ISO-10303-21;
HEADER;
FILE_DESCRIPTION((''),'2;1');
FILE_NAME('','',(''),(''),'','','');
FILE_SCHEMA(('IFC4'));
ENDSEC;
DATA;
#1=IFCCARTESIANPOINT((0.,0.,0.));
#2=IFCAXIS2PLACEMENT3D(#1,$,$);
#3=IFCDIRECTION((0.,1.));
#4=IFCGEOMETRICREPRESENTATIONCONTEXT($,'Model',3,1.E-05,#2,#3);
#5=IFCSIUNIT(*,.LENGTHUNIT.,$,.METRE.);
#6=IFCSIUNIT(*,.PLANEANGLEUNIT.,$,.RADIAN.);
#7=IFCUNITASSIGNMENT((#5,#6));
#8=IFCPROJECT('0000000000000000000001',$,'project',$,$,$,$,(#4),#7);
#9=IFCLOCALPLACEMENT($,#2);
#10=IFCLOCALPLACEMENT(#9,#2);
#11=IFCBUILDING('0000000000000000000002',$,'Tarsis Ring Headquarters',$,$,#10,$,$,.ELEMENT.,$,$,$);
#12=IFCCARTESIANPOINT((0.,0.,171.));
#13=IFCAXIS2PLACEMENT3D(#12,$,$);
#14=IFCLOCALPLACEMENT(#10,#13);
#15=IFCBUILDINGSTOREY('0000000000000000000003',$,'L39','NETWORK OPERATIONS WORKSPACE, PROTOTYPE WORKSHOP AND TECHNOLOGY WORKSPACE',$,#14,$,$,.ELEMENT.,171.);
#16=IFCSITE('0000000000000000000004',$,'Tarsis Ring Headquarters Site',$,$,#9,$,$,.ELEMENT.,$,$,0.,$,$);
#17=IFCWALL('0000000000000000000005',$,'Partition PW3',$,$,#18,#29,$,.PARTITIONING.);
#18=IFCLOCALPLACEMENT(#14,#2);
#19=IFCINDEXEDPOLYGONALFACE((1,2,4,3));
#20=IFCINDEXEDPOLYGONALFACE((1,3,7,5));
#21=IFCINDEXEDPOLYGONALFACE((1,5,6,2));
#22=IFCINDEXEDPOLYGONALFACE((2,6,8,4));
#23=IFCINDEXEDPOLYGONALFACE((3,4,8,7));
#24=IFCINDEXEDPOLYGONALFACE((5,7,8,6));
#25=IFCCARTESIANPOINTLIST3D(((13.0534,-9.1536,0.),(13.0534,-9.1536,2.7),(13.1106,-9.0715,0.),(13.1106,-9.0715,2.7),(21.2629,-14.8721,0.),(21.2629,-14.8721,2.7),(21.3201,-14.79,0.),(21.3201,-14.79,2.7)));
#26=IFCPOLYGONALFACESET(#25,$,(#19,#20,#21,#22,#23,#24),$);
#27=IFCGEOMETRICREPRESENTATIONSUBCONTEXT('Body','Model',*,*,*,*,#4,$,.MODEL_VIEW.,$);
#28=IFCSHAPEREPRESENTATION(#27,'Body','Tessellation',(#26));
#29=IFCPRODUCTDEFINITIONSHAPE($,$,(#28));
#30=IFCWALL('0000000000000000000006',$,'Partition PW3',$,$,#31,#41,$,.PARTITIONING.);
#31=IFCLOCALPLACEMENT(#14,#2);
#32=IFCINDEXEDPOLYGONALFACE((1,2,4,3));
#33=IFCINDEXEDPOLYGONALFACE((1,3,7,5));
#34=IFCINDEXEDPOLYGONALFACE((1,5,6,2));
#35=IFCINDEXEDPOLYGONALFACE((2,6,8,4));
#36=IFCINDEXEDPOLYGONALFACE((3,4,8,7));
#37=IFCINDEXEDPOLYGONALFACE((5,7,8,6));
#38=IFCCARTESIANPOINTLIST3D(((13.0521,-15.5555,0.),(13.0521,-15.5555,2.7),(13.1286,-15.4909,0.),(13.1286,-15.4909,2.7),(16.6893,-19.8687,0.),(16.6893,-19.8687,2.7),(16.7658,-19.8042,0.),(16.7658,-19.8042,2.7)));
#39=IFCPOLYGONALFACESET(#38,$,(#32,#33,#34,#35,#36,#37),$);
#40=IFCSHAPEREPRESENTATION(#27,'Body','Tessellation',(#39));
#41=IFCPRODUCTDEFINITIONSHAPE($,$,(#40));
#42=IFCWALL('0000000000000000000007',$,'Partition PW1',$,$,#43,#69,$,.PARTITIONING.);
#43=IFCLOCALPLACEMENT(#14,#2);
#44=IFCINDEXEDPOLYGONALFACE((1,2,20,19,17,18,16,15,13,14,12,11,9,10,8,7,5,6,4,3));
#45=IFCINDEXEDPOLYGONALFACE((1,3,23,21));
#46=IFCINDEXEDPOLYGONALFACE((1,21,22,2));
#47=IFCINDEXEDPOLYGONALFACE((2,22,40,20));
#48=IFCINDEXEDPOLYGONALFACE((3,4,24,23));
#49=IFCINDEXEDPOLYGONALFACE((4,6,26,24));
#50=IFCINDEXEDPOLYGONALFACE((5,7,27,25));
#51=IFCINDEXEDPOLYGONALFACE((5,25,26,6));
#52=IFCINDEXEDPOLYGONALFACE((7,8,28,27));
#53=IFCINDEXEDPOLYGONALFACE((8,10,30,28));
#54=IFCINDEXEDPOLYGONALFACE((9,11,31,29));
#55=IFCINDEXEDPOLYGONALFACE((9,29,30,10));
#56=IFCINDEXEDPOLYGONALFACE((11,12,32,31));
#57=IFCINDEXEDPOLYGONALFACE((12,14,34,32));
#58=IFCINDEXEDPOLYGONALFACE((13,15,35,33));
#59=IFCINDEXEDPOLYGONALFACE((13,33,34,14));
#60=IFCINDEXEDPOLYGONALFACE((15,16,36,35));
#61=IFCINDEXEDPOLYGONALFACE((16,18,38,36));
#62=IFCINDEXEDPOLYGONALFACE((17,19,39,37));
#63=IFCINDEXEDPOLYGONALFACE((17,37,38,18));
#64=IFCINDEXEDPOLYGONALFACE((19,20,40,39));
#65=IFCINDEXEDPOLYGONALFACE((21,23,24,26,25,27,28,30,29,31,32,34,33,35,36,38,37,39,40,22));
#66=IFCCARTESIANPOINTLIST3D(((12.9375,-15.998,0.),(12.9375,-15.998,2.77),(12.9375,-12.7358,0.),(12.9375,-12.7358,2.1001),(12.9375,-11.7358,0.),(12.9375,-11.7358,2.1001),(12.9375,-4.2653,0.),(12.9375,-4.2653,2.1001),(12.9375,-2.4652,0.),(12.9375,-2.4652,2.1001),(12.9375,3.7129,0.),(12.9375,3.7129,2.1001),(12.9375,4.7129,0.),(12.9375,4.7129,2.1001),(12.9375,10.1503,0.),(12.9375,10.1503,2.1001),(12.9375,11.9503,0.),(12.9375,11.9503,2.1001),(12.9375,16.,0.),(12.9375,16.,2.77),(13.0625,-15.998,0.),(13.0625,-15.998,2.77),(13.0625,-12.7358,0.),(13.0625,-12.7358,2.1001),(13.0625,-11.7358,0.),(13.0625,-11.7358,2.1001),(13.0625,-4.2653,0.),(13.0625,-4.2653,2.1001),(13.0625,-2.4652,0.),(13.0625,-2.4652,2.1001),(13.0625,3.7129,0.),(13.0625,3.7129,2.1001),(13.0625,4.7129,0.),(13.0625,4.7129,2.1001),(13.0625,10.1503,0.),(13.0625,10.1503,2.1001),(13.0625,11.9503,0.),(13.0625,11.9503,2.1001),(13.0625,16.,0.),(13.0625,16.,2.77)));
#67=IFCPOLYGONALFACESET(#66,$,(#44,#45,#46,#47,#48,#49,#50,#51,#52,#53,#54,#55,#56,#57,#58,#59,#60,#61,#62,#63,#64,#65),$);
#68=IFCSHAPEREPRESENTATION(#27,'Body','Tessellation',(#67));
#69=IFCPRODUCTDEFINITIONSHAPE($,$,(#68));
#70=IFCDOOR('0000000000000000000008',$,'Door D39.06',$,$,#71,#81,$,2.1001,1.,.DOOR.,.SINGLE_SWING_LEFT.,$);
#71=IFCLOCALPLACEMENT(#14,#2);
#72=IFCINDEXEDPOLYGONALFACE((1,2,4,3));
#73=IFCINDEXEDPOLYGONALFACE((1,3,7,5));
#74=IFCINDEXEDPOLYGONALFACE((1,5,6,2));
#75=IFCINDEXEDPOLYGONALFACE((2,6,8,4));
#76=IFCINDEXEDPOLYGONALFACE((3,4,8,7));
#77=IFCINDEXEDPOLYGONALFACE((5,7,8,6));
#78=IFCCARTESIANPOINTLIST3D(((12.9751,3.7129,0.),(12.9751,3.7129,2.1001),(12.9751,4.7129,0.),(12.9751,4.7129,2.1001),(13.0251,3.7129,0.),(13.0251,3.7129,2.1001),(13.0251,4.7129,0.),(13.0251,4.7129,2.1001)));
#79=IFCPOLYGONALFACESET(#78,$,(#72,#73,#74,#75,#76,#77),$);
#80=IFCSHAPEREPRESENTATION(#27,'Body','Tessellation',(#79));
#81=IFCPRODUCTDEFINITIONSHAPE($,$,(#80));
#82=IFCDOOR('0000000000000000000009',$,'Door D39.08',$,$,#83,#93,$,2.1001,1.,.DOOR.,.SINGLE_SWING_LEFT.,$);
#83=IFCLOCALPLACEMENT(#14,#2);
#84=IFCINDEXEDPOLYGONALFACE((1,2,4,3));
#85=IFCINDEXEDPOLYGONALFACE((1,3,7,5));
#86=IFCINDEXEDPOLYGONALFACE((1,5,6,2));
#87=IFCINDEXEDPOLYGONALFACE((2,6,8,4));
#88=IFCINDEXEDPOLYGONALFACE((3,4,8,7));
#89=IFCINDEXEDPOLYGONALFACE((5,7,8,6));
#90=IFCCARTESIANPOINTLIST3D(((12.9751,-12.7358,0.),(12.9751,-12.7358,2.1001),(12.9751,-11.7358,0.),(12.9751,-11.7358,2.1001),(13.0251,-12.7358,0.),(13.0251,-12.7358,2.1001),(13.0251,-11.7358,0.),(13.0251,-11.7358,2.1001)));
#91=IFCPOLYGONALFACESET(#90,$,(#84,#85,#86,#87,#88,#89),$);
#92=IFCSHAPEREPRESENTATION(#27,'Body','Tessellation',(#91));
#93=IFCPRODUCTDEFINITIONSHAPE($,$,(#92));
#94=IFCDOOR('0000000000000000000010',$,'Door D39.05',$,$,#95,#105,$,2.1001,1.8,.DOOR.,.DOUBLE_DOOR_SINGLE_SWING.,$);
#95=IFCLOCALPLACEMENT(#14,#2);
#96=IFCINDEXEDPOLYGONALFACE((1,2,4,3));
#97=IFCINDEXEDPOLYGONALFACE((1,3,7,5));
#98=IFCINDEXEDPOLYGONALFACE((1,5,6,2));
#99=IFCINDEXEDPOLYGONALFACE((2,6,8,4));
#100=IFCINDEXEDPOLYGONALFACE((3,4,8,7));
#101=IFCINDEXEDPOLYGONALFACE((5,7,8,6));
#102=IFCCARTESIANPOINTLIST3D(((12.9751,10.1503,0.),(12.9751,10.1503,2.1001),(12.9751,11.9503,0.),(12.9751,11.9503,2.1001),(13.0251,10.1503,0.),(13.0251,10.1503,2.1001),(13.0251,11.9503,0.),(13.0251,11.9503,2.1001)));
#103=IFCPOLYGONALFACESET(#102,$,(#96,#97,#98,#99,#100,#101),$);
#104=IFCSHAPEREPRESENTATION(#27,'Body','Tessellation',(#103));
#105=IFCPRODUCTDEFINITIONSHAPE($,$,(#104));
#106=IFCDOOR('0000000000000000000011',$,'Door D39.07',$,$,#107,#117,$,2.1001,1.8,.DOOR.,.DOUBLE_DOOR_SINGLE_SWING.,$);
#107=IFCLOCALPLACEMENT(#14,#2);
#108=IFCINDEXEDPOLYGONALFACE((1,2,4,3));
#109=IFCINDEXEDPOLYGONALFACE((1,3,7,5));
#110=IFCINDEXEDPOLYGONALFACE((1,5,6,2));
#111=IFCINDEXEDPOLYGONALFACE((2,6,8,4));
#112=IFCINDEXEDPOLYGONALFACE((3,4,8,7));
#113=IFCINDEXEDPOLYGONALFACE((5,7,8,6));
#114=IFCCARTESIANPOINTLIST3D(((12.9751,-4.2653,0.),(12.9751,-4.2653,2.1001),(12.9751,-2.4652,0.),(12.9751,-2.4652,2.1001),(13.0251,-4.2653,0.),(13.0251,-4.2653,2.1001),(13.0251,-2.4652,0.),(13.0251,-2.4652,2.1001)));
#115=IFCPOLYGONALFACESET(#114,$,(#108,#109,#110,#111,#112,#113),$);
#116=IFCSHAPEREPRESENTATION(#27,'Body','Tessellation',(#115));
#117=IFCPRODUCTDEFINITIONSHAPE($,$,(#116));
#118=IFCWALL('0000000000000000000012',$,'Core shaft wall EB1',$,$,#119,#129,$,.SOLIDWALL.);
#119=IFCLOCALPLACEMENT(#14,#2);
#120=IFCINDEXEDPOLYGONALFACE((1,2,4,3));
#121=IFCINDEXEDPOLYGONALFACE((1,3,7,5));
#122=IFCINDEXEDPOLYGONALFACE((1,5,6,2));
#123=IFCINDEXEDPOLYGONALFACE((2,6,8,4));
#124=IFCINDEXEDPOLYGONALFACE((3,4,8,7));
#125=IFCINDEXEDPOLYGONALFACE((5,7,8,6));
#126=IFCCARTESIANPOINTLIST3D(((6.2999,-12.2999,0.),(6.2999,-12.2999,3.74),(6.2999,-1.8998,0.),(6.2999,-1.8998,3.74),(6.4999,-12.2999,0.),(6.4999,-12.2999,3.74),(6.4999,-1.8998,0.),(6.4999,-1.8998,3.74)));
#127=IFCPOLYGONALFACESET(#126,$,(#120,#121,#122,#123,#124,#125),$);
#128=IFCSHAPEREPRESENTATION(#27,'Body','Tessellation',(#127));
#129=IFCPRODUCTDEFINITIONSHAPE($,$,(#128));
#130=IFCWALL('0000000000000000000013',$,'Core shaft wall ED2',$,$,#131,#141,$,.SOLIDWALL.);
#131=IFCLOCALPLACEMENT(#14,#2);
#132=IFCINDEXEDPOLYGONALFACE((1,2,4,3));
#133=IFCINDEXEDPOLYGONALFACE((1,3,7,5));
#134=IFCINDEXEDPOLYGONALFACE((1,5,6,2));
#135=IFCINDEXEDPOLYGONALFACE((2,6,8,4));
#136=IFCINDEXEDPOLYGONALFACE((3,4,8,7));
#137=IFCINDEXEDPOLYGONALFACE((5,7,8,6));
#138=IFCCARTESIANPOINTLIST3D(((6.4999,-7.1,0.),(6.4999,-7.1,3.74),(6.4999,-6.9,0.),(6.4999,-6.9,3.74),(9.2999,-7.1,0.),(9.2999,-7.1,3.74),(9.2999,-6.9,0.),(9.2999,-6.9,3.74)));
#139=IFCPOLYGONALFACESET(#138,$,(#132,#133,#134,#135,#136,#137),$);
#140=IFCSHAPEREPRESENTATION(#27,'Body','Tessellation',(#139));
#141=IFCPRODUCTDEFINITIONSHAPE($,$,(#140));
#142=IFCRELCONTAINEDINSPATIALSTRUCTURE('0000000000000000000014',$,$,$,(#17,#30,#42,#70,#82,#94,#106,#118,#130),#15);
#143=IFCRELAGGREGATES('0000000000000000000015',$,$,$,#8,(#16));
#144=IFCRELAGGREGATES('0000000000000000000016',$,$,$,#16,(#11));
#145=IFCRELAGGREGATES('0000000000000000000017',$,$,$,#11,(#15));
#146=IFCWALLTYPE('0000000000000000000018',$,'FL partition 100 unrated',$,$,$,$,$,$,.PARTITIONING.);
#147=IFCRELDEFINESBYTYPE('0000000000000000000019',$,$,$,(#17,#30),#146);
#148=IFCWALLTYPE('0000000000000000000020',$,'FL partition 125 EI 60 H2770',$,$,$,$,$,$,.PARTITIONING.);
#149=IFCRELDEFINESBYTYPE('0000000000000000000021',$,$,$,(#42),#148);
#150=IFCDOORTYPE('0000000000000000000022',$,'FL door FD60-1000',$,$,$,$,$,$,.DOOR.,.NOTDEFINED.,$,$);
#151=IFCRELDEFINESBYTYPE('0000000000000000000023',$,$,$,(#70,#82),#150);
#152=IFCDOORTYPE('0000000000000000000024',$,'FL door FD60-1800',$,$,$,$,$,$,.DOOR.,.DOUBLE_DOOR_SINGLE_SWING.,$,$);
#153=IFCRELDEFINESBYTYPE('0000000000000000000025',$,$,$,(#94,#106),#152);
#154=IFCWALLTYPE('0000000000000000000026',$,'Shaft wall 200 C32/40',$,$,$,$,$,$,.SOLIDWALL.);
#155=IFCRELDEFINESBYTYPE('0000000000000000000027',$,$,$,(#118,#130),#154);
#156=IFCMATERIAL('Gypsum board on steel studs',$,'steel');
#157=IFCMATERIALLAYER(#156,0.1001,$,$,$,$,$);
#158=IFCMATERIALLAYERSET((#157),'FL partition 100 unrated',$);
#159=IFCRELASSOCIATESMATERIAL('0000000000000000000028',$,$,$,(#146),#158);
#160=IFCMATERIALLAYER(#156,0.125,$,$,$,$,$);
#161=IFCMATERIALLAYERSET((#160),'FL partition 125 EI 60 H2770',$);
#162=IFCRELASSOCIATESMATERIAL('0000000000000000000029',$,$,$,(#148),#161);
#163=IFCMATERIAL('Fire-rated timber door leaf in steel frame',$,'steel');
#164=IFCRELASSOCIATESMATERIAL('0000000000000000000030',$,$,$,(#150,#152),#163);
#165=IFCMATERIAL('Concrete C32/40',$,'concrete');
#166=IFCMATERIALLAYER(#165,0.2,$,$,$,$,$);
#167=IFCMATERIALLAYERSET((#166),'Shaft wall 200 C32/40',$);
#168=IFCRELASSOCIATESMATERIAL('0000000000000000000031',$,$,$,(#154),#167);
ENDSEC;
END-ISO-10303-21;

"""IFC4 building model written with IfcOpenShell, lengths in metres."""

from ifc_helpers import new_model, si_unit, direction, frame, frame_2d, origin, place, context, subcontext, project, spatial, rectangle, extrude, material, layer, layer_set, type_object, element, fill, save


model = new_model("IFC4")

# Units and contexts
model_context = context("Model", 3, precision=1e-05, world=origin(), true_north=direction((0.0, 1.0)))
body_context = subcontext(model_context, "Body", "Model", "MODEL_VIEW")
ifc_project = project(units=[si_unit("LENGTHUNIT", "METRE"), si_unit("PLANEANGLEUNIT", "RADIAN")], contexts=[model_context])

# Site, building, storey
site_placement = place(None, origin())
site = spatial("IfcSite", under=ifc_project, at=site_placement, Name="Tarsis Ring Headquarters Site", CompositionType="ELEMENT", RefElevation=0.0)
building_placement = place(site_placement, origin())
building = spatial("IfcBuilding", under=site, at=building_placement, Name="Tarsis Ring Headquarters", CompositionType="ELEMENT")
storey_placement = place(building_placement, frame((0.0, 0.0, 171.0)))
storey = spatial("IfcBuildingStorey", under=building, at=storey_placement, Name="L39", Description="NETWORK OPERATIONS WORKSPACE, PROTOTYPE WORKSHOP AND TECHNOLOGY WORKSPACE", CompositionType="ELEMENT", Elevation=171.0)

# Walls
ifc_material_1 = material(Name="Gypsum board on steel studs", Category="steel")
ifc_layer_1 = layer(ifc_material_1, 0.1001)
ifc_layer_set_1 = layer_set([ifc_layer_1], Name="FL partition 100 unrated")
wall_type_1 = type_object("IfcWallType", Name="FL partition 100 unrated", PredefinedType="PARTITIONING", material=ifc_layer_set_1)
wall_1_placement = place(storey_placement, frame((13.082, -9.1125, 0.0), z_axis=(0.0, 0.0, 1.0), x_axis=(0.82055, -0.571574, 0.0)))
element("IfcWall", 1, at=wall_1_placement, inside=storey, type_object=wall_type_1, Name="Partition PW3", PredefinedType="PARTITIONING", context=body_context, shape_type="SweptSolid", body=[
    extrude(rectangle(XDim=10.0049, YDim=0.1001, at=frame_2d((5.0024, 0.0))), origin(), (0.0, 0.0, 1.0), 2.7),
])
wall_2_placement = place(storey_placement, frame((13.0903, -15.5232, 0.0), z_axis=(0.0, 0.0, 1.0), x_axis=(0.644655, -0.764473, 0.0)))
element("IfcWall", 2, at=wall_2_placement, inside=storey, type_object=wall_type_1, Name="Partition PW3", PredefinedType="PARTITIONING", context=body_context, shape_type="SweptSolid", body=[
    extrude(rectangle(XDim=5.6421, YDim=0.1001, at=frame_2d((2.821, 0.0))), origin(), (0.0, 0.0, 1.0), 2.7),
])

# Wall, openings, doors
ifc_layer_2 = layer(ifc_material_1, 0.125)
ifc_layer_set_2 = layer_set([ifc_layer_2], Name="FL partition 125 EI 60 H2770")
wall_type_2 = type_object("IfcWallType", Name="FL partition 125 EI 60 H2770", PredefinedType="PARTITIONING", material=ifc_layer_set_2)
wall_3_placement = place(storey_placement, frame((13.0, -15.998, 0.0), z_axis=(0.0, 0.0, 1.0), x_axis=(0.0, 1.0, 0.0)))
wall_3 = element("IfcWall", 3, at=wall_3_placement, inside=storey, type_object=wall_type_2, Name="Partition PW1", PredefinedType="PARTITIONING", context=body_context, shape_type="SweptSolid", body=[
    extrude(rectangle(XDim=31.998, YDim=0.125, at=frame_2d((15.999, 0.0))), origin(), (0.0, 0.0, 1.0), 2.77),
])
opening_1_placement = place(wall_3_placement, frame((26.1484, 0.0, 0.0)))
opening_1 = element("IfcOpeningElement", 4, at=opening_1_placement, cuts=wall_3, PredefinedType="OPENING", context=body_context, shape_type="SweptSolid", body=[
    extrude(rectangle(XDim=1.8, YDim=2.1001, at=frame_2d((0.8999, 1.05))), frame((0.0, 0.0725, 0.0), z_axis=(0.0, -1.0, 0.0), x_axis=(1.0, 0.0, 0.0)), (0.0, 0.0, 1.0), 0.145),
])
opening_2_placement = place(wall_3_placement, frame((19.7109, 0.0, 0.0)))
opening_2 = element("IfcOpeningElement", 5, at=opening_2_placement, cuts=wall_3, PredefinedType="OPENING", context=body_context, shape_type="SweptSolid", body=[
    extrude(rectangle(XDim=1.0, YDim=2.1001, at=frame_2d((0.5, 1.05))), frame((0.0, 0.0725, 0.0), z_axis=(0.0, -1.0, 0.0), x_axis=(1.0, 0.0, 0.0)), (0.0, 0.0, 1.0), 0.145),
])
opening_3_placement = place(wall_3_placement, frame((11.7329, 0.0, 0.0)))
opening_3 = element("IfcOpeningElement", 6, at=opening_3_placement, cuts=wall_3, PredefinedType="OPENING", context=body_context, shape_type="SweptSolid", body=[
    extrude(rectangle(XDim=1.8, YDim=2.1001, at=frame_2d((0.8999, 1.05))), frame((0.0, 0.0725, 0.0), z_axis=(0.0, -1.0, 0.0), x_axis=(1.0, 0.0, 0.0)), (0.0, 0.0, 1.0), 0.145),
])
opening_4_placement = place(wall_3_placement, frame((3.2622, 0.0, 0.0)))
opening_4 = element("IfcOpeningElement", 7, at=opening_4_placement, cuts=wall_3, PredefinedType="OPENING", context=body_context, shape_type="SweptSolid", body=[
    extrude(rectangle(XDim=1.0, YDim=2.1001, at=frame_2d((0.5, 1.05))), frame((0.0, 0.0725, 0.0), z_axis=(0.0, -1.0, 0.0), x_axis=(1.0, 0.0, 0.0)), (0.0, 0.0, 1.0), 0.145),
])
ifc_material_2 = material(Name="Fire-rated timber door leaf in steel frame", Category="steel")
door_type_1 = type_object("IfcDoorType", Name="FL door FD60-1000", OperationType="NOTDEFINED", PredefinedType="DOOR", material=ifc_material_2)
door_1_placement = place(opening_2_placement, origin())
door_1 = element("IfcDoor", 8, at=door_1_placement, inside=storey, type_object=door_type_1, Name="Door D39.06", OperationType="SINGLE_SWING_LEFT", OverallHeight=2.1001, OverallWidth=1.0, PredefinedType="DOOR", context=body_context, shape_type="SweptSolid", body=[
    extrude(rectangle(XDim=1.0, YDim=2.1001, at=frame_2d((0.5, 1.05))), frame((0.0, 0.0249, 0.0), z_axis=(0.0, -1.0, 0.0), x_axis=(1.0, 0.0, 0.0)), (0.0, 0.0, 1.0), 0.05),
])
fill(opening_2, door_1)
door_2_placement = place(opening_4_placement, origin())
door_2 = element("IfcDoor", 9, at=door_2_placement, inside=storey, type_object=door_type_1, Name="Door D39.08", OperationType="SINGLE_SWING_LEFT", OverallHeight=2.1001, OverallWidth=1.0, PredefinedType="DOOR", context=body_context, shape_type="SweptSolid", body=[
    extrude(rectangle(XDim=1.0, YDim=2.1001, at=frame_2d((0.5, 1.05))), frame((0.0, 0.0249, 0.0), z_axis=(0.0, -1.0, 0.0), x_axis=(1.0, 0.0, 0.0)), (0.0, 0.0, 1.0), 0.05),
])
fill(opening_4, door_2)
door_type_2 = type_object("IfcDoorType", Name="FL door FD60-1800", OperationType="DOUBLE_DOOR_SINGLE_SWING", PredefinedType="DOOR", material=ifc_material_2)
door_3_placement = place(opening_1_placement, origin())
door_3 = element("IfcDoor", 10, at=door_3_placement, inside=storey, type_object=door_type_2, Name="Door D39.05", OperationType="DOUBLE_DOOR_SINGLE_SWING", OverallHeight=2.1001, OverallWidth=1.8, PredefinedType="DOOR", context=body_context, shape_type="SweptSolid", body=[
    extrude(rectangle(XDim=1.8, YDim=2.1001, at=frame_2d((0.8999, 1.05))), frame((0.0, 0.0249, 0.0), z_axis=(0.0, -1.0, 0.0), x_axis=(1.0, 0.0, 0.0)), (0.0, 0.0, 1.0), 0.05),
])
fill(opening_1, door_3)
door_4_placement = place(opening_3_placement, origin())
door_4 = element("IfcDoor", 11, at=door_4_placement, inside=storey, type_object=door_type_2, Name="Door D39.07", OperationType="DOUBLE_DOOR_SINGLE_SWING", OverallHeight=2.1001, OverallWidth=1.8, PredefinedType="DOOR", context=body_context, shape_type="SweptSolid", body=[
    extrude(rectangle(XDim=1.8, YDim=2.1001, at=frame_2d((0.8999, 1.05))), frame((0.0, 0.0249, 0.0), z_axis=(0.0, -1.0, 0.0), x_axis=(1.0, 0.0, 0.0)), (0.0, 0.0, 1.0), 0.05),
])
fill(opening_3, door_4)

# Walls
ifc_material_3 = material(Name="Concrete C32/40", Category="concrete")
ifc_layer_3 = layer(ifc_material_3, 0.2)
ifc_layer_set_3 = layer_set([ifc_layer_3], Name="Shaft wall 200 C32/40")
wall_type_3 = type_object("IfcWallType", Name="Shaft wall 200 C32/40", PredefinedType="SOLIDWALL", material=ifc_layer_set_3)
wall_4_placement = place(storey_placement, frame((6.3999, -12.3, 0.0), z_axis=(0.0, 0.0, 1.0), x_axis=(0.0, 1.0, 0.0)))
element("IfcWall", 12, at=wall_4_placement, inside=storey, type_object=wall_type_3, Name="Core shaft wall EB1", PredefinedType="SOLIDWALL", context=body_context, shape_type="SweptSolid", body=[
    extrude(rectangle(XDim=10.4001, YDim=0.2, at=frame_2d((5.2002, 0.0))), origin(), (0.0, 0.0, 1.0), 3.74),
])
wall_5_placement = place(storey_placement, frame((6.5, -7.0, 0.0), z_axis=(0.0, 0.0, 1.0), x_axis=(1.0, 0.0, 0.0)))
element("IfcWall", 13, at=wall_5_placement, inside=storey, type_object=wall_type_3, Name="Core shaft wall ED2", PredefinedType="SOLIDWALL", context=body_context, shape_type="SweptSolid", body=[
    extrude(rectangle(XDim=2.8, YDim=0.2, at=frame_2d((1.3999, 0.0))), origin(), (0.0, 0.0, 1.0), 3.74),
])

save(model, "model.ifc")
